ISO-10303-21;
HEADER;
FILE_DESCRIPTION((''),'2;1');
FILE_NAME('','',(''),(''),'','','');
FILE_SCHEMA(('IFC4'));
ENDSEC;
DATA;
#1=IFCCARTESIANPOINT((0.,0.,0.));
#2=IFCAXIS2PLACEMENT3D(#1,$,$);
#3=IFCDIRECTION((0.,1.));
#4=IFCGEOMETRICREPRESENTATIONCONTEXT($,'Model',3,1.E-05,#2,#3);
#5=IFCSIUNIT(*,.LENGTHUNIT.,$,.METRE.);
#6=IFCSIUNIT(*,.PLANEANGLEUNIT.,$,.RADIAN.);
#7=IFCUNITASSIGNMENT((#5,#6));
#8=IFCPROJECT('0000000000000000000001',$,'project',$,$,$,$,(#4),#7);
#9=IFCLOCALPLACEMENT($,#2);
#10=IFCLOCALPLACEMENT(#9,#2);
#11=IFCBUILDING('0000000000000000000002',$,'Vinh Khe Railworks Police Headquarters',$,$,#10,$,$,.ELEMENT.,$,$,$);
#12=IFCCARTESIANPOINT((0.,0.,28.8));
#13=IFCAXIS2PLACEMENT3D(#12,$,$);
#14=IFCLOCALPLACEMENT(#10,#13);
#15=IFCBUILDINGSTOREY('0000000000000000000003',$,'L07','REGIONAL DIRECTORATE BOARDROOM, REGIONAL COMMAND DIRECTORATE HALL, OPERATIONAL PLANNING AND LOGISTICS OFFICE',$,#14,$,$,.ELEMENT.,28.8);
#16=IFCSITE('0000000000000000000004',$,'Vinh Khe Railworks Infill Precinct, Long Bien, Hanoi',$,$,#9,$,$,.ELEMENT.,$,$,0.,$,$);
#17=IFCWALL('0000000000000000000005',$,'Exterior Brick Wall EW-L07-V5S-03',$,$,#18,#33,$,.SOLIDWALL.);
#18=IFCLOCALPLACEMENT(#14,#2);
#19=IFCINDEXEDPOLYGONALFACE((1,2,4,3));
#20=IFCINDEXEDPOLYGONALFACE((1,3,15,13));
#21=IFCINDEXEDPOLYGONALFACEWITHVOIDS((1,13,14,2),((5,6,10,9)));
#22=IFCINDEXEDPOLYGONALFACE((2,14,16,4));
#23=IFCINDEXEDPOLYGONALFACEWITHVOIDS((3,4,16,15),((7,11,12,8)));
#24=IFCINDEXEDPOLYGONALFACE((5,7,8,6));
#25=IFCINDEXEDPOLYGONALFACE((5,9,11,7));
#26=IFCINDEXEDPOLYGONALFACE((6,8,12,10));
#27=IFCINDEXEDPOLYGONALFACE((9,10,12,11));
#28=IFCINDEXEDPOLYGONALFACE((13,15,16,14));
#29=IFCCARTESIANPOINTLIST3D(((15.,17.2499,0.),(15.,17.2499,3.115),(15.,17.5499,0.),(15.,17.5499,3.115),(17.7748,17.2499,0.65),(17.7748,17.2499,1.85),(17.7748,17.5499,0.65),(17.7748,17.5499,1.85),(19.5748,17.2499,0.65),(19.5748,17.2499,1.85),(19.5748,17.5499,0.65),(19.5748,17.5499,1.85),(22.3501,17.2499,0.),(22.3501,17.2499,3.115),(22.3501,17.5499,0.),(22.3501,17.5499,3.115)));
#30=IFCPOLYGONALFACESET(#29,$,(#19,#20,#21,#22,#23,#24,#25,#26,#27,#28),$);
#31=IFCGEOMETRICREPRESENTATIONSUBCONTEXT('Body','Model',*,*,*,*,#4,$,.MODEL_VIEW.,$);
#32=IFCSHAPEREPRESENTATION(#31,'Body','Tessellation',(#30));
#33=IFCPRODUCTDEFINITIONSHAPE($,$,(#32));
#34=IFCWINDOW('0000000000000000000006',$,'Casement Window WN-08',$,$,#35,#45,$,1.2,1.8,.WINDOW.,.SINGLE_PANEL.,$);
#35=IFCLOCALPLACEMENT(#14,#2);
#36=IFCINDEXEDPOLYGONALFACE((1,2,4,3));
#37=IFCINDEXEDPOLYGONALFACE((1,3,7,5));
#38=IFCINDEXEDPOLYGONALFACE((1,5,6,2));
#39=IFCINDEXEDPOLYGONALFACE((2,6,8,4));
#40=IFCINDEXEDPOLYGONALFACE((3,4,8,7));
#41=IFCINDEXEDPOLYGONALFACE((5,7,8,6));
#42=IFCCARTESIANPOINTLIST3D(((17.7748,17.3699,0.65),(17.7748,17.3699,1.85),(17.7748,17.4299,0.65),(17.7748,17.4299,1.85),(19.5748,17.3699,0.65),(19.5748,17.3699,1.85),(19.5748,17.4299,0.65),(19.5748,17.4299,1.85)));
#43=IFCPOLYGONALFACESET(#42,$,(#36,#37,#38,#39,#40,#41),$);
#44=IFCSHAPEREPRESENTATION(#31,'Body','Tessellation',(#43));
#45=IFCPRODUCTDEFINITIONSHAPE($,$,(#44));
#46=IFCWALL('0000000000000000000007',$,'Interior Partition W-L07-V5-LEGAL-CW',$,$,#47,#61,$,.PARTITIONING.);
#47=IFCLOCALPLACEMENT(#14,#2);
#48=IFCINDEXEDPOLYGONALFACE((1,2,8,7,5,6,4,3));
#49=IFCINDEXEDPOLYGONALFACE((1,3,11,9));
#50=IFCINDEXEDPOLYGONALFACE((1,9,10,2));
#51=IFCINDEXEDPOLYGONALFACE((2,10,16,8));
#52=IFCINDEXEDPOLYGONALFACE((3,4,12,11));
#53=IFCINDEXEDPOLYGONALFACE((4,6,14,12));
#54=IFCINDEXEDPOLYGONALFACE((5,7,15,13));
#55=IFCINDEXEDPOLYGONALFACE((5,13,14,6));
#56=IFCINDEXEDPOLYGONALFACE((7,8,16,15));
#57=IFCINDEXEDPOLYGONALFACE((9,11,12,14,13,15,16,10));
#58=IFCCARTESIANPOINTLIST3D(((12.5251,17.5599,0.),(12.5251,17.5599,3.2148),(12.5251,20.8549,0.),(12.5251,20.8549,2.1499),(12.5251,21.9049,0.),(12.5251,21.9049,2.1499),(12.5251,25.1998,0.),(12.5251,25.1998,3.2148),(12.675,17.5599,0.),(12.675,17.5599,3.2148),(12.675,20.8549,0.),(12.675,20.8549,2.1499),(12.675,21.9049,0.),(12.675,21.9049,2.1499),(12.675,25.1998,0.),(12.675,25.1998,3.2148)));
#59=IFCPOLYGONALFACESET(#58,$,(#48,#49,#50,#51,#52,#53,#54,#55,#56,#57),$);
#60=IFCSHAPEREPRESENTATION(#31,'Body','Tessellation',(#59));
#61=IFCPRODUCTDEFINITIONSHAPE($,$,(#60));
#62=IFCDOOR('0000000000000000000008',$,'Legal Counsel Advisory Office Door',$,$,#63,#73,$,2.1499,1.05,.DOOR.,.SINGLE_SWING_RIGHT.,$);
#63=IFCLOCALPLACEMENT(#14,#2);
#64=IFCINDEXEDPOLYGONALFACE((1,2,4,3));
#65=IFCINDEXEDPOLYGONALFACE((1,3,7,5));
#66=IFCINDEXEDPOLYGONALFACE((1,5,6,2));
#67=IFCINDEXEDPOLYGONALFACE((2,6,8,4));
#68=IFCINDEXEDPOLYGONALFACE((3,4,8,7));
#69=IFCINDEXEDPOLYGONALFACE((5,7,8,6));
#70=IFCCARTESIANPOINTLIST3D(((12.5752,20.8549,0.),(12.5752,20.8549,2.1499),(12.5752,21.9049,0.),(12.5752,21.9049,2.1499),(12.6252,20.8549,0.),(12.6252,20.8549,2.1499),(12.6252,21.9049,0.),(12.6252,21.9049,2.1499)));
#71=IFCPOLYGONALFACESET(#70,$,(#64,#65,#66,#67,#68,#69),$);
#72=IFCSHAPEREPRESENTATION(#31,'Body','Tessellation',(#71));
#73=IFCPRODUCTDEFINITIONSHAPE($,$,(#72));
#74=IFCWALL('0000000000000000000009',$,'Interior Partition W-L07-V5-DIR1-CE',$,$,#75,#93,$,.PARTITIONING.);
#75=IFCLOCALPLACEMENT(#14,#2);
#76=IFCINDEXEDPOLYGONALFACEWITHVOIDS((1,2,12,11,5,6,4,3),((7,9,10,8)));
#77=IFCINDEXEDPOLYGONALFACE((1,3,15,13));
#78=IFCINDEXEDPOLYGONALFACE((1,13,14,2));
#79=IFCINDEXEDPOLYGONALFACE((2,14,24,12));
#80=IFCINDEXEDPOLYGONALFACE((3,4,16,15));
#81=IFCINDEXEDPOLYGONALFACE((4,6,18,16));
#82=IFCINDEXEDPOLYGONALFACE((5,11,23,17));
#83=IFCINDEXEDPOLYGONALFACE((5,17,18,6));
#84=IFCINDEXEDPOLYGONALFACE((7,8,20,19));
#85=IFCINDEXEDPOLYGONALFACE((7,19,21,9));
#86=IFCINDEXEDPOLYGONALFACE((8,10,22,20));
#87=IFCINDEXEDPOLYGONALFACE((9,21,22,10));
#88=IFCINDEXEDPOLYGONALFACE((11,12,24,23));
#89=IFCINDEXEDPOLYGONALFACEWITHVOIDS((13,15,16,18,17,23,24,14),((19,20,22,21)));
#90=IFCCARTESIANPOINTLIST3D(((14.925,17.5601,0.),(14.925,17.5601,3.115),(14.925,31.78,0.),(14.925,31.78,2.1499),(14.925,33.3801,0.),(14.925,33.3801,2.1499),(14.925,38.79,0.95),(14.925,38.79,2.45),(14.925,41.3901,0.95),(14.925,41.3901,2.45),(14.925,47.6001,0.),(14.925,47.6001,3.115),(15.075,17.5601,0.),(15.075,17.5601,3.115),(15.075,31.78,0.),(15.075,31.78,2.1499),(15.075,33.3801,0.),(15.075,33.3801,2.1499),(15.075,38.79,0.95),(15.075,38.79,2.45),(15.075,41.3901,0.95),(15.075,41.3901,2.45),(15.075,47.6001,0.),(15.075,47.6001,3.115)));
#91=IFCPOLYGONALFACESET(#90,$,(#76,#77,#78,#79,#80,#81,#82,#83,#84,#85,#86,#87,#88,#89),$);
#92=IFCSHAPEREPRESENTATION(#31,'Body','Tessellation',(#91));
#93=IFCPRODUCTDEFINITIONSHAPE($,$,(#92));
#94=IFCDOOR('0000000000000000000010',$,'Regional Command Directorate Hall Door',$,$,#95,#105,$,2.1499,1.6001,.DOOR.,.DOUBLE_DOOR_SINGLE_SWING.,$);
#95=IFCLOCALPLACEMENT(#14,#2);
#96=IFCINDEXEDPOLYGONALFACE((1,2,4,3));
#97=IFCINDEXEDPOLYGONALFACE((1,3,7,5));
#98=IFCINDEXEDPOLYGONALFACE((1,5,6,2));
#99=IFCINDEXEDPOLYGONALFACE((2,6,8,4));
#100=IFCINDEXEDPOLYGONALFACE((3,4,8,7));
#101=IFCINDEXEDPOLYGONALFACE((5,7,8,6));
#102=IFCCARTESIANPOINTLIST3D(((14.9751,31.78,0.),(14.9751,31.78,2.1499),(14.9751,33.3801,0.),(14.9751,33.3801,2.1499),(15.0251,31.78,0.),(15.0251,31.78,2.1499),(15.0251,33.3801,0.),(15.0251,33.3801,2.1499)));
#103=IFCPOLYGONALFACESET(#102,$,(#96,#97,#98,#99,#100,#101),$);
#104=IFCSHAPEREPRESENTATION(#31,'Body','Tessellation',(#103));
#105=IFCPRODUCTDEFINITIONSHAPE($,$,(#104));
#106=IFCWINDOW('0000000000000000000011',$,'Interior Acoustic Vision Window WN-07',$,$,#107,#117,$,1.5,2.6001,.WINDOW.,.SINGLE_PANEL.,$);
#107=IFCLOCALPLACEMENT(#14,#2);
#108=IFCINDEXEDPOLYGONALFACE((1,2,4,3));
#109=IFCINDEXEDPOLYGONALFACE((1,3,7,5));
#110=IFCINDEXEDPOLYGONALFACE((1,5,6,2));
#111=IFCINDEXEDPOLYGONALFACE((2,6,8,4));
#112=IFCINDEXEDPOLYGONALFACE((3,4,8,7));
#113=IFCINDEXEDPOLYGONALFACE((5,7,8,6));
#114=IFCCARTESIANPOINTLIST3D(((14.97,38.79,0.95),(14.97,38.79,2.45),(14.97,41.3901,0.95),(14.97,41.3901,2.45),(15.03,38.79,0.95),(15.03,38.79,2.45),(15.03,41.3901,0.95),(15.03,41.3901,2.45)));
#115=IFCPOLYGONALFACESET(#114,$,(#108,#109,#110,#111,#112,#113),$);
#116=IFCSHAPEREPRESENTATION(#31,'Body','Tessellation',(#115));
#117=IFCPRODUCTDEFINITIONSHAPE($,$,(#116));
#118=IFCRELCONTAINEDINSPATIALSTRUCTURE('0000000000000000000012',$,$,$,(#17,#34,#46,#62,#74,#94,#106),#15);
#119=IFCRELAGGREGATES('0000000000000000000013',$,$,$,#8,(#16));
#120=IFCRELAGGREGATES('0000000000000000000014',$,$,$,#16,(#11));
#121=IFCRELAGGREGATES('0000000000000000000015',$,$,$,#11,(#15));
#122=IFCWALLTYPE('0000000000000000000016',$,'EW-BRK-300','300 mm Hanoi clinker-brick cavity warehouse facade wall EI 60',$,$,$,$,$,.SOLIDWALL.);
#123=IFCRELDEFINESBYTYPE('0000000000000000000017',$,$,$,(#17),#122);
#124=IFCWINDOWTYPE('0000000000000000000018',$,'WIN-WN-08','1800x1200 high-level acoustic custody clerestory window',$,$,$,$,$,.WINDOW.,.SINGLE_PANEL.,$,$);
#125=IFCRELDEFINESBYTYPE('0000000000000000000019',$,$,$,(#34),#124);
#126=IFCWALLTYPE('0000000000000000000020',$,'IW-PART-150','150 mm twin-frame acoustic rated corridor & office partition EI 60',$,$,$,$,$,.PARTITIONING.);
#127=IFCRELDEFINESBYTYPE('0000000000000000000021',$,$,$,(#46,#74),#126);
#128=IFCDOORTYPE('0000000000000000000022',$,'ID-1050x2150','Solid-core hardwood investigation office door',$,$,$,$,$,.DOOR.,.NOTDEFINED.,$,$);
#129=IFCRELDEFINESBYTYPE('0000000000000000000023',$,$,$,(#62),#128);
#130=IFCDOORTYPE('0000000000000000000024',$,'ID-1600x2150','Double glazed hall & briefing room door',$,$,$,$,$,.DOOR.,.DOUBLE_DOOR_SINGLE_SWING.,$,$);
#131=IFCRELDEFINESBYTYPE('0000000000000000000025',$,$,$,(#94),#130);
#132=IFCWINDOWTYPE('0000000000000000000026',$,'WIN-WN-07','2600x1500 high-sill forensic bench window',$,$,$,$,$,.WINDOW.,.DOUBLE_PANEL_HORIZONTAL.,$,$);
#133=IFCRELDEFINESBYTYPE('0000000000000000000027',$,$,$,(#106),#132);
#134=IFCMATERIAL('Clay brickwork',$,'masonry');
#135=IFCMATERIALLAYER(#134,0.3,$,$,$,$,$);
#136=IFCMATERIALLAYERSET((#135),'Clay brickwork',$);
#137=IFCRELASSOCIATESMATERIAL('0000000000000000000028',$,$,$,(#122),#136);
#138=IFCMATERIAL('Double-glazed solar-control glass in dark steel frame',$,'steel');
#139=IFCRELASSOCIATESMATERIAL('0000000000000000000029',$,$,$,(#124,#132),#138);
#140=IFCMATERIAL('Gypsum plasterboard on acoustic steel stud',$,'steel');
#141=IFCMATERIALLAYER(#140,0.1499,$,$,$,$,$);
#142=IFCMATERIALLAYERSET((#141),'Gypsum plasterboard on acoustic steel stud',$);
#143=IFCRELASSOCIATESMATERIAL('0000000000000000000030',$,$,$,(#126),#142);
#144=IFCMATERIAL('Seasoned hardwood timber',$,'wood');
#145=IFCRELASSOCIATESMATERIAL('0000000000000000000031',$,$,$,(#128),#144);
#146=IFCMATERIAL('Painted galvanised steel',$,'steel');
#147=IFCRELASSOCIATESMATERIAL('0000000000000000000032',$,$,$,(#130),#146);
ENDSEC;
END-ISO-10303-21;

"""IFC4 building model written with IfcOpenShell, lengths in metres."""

from ifc_helpers import new_model, si_unit, direction, frame, frame_2d, origin, place, context, subcontext, project, spatial, rectangle, extrude, material, layer, layer_set, type_object, element, fill, save


model = new_model("IFC4")

# Units and contexts
model_context = context("Model", 3, precision=1e-05, world=origin(), true_north=direction((0.0, 1.0)))
body_context = subcontext(model_context, "Body", "Model", "MODEL_VIEW")
ifc_project = project(units=[si_unit("LENGTHUNIT", "METRE"), si_unit("PLANEANGLEUNIT", "RADIAN")], contexts=[model_context])

# Site, building, storey
site_placement = place(None, origin())
site = spatial("IfcSite", under=ifc_project, at=site_placement, Name="Vinh Khe Railworks Infill Precinct, Long Bien, Hanoi", CompositionType="ELEMENT", RefElevation=0.0)
building_placement = place(site_placement, origin())
building = spatial("IfcBuilding", under=site, at=building_placement, Name="Vinh Khe Railworks Police Headquarters", CompositionType="ELEMENT")
storey_placement = place(building_placement, frame((0.0, 0.0, 28.8)))
storey = spatial("IfcBuildingStorey", under=building, at=storey_placement, Name="L07", Description="REGIONAL DIRECTORATE BOARDROOM, REGIONAL COMMAND DIRECTORATE HALL, OPERATIONAL PLANNING AND LOGISTICS OFFICE", CompositionType="ELEMENT", Elevation=28.8)

# Shared definitions
ifc_material_1 = material(Name="Clay brickwork", Category="masonry")
ifc_material_2 = material(Name="Double-glazed solar-control glass in dark steel frame", Category="steel")

# Wall, opening, window
ifc_layer_1 = layer(ifc_material_1, 0.3)
ifc_layer_set_1 = layer_set([ifc_layer_1], Name="Clay brickwork")
wall_type_1 = type_object("IfcWallType", Name="EW-BRK-300", Description="300 mm Hanoi clinker-brick cavity warehouse facade wall EI 60", PredefinedType="SOLIDWALL", material=ifc_layer_set_1)
window_type_1 = type_object("IfcWindowType", Name="WIN-WN-08", Description="1800x1200 high-level acoustic custody clerestory window", PartitioningType="SINGLE_PANEL", PredefinedType="WINDOW", material=ifc_material_2)
wall_1_placement = place(storey_placement, frame((15.0, 17.3999, 0.0), z_axis=(0.0, 0.0, 1.0), x_axis=(1.0, 0.0, 0.0)))
wall_1 = element("IfcWall", 1, at=wall_1_placement, inside=storey, type_object=wall_type_1, Name="Exterior Brick Wall EW-L07-V5S-03", PredefinedType="SOLIDWALL", context=body_context, shape_type="SweptSolid", body=[
    extrude(rectangle(XDim=7.3501, YDim=0.3, at=frame_2d((3.675, 0.0))), origin(), (0.0, 0.0, 1.0), 3.115),
])
opening_1_placement = place(wall_1_placement, frame((2.7749, 0.0, 0.6499)))
opening_1 = element("IfcOpeningElement", 2, at=opening_1_placement, cuts=wall_1, PredefinedType="OPENING", context=body_context, shape_type="SweptSolid", body=[
    extrude(rectangle(XDim=1.8, YDim=1.2, at=frame_2d((0.8999, 0.6001))), frame((0.0, 0.165, 0.0), z_axis=(0.0, -1.0, 0.0), x_axis=(1.0, 0.0, 0.0)), (0.0, 0.0, 1.0), 0.3298),
])
window_1_placement = place(opening_1_placement, origin())
window_1 = element("IfcWindow", 3, at=window_1_placement, inside=storey, type_object=window_type_1, Name="Casement Window WN-08", OverallHeight=1.2, OverallWidth=1.8, PartitioningType="SINGLE_PANEL", PredefinedType="WINDOW", context=body_context, shape_type="SweptSolid", body=[
    extrude(rectangle(XDim=1.8, YDim=1.2, at=frame_2d((0.8999, 0.6001))), frame((0.0, 0.03, 0.0), z_axis=(0.0, -1.0, 0.0), x_axis=(1.0, 0.0, 0.0)), (0.0, 0.0, 1.0), 0.0601),
])
fill(opening_1, window_1)

# Wall, opening, door
ifc_material_3 = material(Name="Gypsum plasterboard on acoustic steel stud", Category="steel")
ifc_layer_2 = layer(ifc_material_3, 0.1499)
ifc_layer_set_2 = layer_set([ifc_layer_2], Name="Gypsum plasterboard on acoustic steel stud")
wall_type_2 = type_object("IfcWallType", Name="IW-PART-150", Description="150 mm twin-frame acoustic rated corridor & office partition EI 60", PredefinedType="PARTITIONING", material=ifc_layer_set_2)
wall_2_placement = place(storey_placement, frame((12.6001, 17.5601, 0.0), z_axis=(0.0, 0.0, 1.0), x_axis=(0.0, 1.0, 0.0)))
wall_2 = element("IfcWall", 4, at=wall_2_placement, inside=storey, type_object=wall_type_2, Name="Interior Partition W-L07-V5-LEGAL-CW", PredefinedType="PARTITIONING", context=body_context, shape_type="SweptSolid", body=[
    extrude(rectangle(XDim=7.6399, YDim=0.1499, at=frame_2d((3.8198, 0.0))), origin(), (0.0, 0.0, 1.0), 3.2148),
])
opening_2_placement = place(wall_2_placement, frame((3.2949, 0.0, 0.0)))
opening_2 = element("IfcOpeningElement", 5, at=opening_2_placement, cuts=wall_2, PredefinedType="OPENING", context=body_context, shape_type="SweptSolid", body=[
    extrude(rectangle(XDim=1.05, YDim=2.1499, at=frame_2d((0.5249, 1.075))), frame((0.0, 0.0898, 0.0), z_axis=(0.0, -1.0, 0.0), x_axis=(1.0, 0.0, 0.0)), (0.0, 0.0, 1.0), 0.1797),
])
ifc_material_4 = material(Name="Seasoned hardwood timber", Category="wood")
door_type_1 = type_object("IfcDoorType", Name="ID-1050x2150", Description="Solid-core hardwood investigation office door", OperationType="NOTDEFINED", PredefinedType="DOOR", material=ifc_material_4)
door_1_placement = place(opening_2_placement, origin())
door_1 = element("IfcDoor", 6, at=door_1_placement, inside=storey, type_object=door_type_1, Name="Legal Counsel Advisory Office Door", OperationType="SINGLE_SWING_RIGHT", OverallHeight=2.1499, OverallWidth=1.05, PredefinedType="DOOR", context=body_context, shape_type="SweptSolid", body=[
    extrude(rectangle(XDim=1.05, YDim=2.1499, at=frame_2d((0.5249, 1.075))), frame((0.0, 0.0249, 0.0), z_axis=(0.0, -1.0, 0.0), x_axis=(1.0, 0.0, 0.0)), (0.0, 0.0, 1.0), 0.05),
])
fill(opening_2, door_1)

# Wall, openings, door, window
wall_3_placement = place(storey_placement, frame((15.0, 17.5601, 0.0), z_axis=(0.0, 0.0, 1.0), x_axis=(0.0, 1.0, 0.0)))
wall_3 = element("IfcWall", 7, at=wall_3_placement, inside=storey, type_object=wall_type_2, Name="Interior Partition W-L07-V5-DIR1-CE", PredefinedType="PARTITIONING", context=body_context, shape_type="SweptSolid", body=[
    extrude(rectangle(XDim=30.04, YDim=0.1499, at=frame_2d((15.02, 0.0))), origin(), (0.0, 0.0, 1.0), 3.115),
])
opening_3_placement = place(wall_3_placement, frame((14.22, 0.0, 0.0)))
opening_3 = element("IfcOpeningElement", 8, at=opening_3_placement, cuts=wall_3, PredefinedType="OPENING", context=body_context, shape_type="SweptSolid", body=[
    extrude(rectangle(XDim=1.6001, YDim=2.1499, at=frame_2d((0.8, 1.075))), frame((0.0, 0.0898, 0.0), z_axis=(0.0, -1.0, 0.0), x_axis=(1.0, 0.0, 0.0)), (0.0, 0.0, 1.0), 0.1797),
])
opening_4_placement = place(wall_3_placement, frame((21.23, 0.0, 0.95)))
opening_4 = element("IfcOpeningElement", 9, at=opening_4_placement, cuts=wall_3, PredefinedType="OPENING", context=body_context, shape_type="SweptSolid", body=[
    extrude(rectangle(XDim=2.6001, YDim=1.5, at=frame_2d((1.3, 0.75))), frame((0.0, 0.0898, 0.0), z_axis=(0.0, -1.0, 0.0), x_axis=(1.0, 0.0, 0.0)), (0.0, 0.0, 1.0), 0.1797),
])
ifc_material_5 = material(Name="Painted galvanised steel", Category="steel")
door_type_2 = type_object("IfcDoorType", Name="ID-1600x2150", Description="Double glazed hall & briefing room door", OperationType="DOUBLE_DOOR_SINGLE_SWING", PredefinedType="DOOR", material=ifc_material_5)
door_2_placement = place(opening_3_placement, origin())
door_2 = element("IfcDoor", 10, at=door_2_placement, inside=storey, type_object=door_type_2, Name="Regional Command Directorate Hall Door", OperationType="DOUBLE_DOOR_SINGLE_SWING", OverallHeight=2.1499, OverallWidth=1.6001, PredefinedType="DOOR", context=body_context, shape_type="SweptSolid", body=[
    extrude(rectangle(XDim=1.6001, YDim=2.1499, at=frame_2d((0.8, 1.075))), frame((0.0, 0.0249, 0.0), z_axis=(0.0, -1.0, 0.0), x_axis=(1.0, 0.0, 0.0)), (0.0, 0.0, 1.0), 0.05),
])
fill(opening_3, door_2)
window_type_2 = type_object("IfcWindowType", Name="WIN-WN-07", Description="2600x1500 high-sill forensic bench window", PartitioningType="DOUBLE_PANEL_HORIZONTAL", PredefinedType="WINDOW", material=ifc_material_2)
window_2_placement = place(opening_4_placement, origin())
window_2 = element("IfcWindow", 11, at=window_2_placement, inside=storey, type_object=window_type_2, Name="Interior Acoustic Vision Window WN-07", OverallHeight=1.5, OverallWidth=2.6001, PartitioningType="SINGLE_PANEL", PredefinedType="WINDOW", context=body_context, shape_type="SweptSolid", body=[
    extrude(rectangle(XDim=2.6001, YDim=1.5, at=frame_2d((1.3, 0.75))), frame((0.0, 0.03, 0.0), z_axis=(0.0, -1.0, 0.0), x_axis=(1.0, 0.0, 0.0)), (0.0, 0.0, 1.0), 0.0601),
])
fill(opening_4, window_2)

save(model, "model.ifc")
